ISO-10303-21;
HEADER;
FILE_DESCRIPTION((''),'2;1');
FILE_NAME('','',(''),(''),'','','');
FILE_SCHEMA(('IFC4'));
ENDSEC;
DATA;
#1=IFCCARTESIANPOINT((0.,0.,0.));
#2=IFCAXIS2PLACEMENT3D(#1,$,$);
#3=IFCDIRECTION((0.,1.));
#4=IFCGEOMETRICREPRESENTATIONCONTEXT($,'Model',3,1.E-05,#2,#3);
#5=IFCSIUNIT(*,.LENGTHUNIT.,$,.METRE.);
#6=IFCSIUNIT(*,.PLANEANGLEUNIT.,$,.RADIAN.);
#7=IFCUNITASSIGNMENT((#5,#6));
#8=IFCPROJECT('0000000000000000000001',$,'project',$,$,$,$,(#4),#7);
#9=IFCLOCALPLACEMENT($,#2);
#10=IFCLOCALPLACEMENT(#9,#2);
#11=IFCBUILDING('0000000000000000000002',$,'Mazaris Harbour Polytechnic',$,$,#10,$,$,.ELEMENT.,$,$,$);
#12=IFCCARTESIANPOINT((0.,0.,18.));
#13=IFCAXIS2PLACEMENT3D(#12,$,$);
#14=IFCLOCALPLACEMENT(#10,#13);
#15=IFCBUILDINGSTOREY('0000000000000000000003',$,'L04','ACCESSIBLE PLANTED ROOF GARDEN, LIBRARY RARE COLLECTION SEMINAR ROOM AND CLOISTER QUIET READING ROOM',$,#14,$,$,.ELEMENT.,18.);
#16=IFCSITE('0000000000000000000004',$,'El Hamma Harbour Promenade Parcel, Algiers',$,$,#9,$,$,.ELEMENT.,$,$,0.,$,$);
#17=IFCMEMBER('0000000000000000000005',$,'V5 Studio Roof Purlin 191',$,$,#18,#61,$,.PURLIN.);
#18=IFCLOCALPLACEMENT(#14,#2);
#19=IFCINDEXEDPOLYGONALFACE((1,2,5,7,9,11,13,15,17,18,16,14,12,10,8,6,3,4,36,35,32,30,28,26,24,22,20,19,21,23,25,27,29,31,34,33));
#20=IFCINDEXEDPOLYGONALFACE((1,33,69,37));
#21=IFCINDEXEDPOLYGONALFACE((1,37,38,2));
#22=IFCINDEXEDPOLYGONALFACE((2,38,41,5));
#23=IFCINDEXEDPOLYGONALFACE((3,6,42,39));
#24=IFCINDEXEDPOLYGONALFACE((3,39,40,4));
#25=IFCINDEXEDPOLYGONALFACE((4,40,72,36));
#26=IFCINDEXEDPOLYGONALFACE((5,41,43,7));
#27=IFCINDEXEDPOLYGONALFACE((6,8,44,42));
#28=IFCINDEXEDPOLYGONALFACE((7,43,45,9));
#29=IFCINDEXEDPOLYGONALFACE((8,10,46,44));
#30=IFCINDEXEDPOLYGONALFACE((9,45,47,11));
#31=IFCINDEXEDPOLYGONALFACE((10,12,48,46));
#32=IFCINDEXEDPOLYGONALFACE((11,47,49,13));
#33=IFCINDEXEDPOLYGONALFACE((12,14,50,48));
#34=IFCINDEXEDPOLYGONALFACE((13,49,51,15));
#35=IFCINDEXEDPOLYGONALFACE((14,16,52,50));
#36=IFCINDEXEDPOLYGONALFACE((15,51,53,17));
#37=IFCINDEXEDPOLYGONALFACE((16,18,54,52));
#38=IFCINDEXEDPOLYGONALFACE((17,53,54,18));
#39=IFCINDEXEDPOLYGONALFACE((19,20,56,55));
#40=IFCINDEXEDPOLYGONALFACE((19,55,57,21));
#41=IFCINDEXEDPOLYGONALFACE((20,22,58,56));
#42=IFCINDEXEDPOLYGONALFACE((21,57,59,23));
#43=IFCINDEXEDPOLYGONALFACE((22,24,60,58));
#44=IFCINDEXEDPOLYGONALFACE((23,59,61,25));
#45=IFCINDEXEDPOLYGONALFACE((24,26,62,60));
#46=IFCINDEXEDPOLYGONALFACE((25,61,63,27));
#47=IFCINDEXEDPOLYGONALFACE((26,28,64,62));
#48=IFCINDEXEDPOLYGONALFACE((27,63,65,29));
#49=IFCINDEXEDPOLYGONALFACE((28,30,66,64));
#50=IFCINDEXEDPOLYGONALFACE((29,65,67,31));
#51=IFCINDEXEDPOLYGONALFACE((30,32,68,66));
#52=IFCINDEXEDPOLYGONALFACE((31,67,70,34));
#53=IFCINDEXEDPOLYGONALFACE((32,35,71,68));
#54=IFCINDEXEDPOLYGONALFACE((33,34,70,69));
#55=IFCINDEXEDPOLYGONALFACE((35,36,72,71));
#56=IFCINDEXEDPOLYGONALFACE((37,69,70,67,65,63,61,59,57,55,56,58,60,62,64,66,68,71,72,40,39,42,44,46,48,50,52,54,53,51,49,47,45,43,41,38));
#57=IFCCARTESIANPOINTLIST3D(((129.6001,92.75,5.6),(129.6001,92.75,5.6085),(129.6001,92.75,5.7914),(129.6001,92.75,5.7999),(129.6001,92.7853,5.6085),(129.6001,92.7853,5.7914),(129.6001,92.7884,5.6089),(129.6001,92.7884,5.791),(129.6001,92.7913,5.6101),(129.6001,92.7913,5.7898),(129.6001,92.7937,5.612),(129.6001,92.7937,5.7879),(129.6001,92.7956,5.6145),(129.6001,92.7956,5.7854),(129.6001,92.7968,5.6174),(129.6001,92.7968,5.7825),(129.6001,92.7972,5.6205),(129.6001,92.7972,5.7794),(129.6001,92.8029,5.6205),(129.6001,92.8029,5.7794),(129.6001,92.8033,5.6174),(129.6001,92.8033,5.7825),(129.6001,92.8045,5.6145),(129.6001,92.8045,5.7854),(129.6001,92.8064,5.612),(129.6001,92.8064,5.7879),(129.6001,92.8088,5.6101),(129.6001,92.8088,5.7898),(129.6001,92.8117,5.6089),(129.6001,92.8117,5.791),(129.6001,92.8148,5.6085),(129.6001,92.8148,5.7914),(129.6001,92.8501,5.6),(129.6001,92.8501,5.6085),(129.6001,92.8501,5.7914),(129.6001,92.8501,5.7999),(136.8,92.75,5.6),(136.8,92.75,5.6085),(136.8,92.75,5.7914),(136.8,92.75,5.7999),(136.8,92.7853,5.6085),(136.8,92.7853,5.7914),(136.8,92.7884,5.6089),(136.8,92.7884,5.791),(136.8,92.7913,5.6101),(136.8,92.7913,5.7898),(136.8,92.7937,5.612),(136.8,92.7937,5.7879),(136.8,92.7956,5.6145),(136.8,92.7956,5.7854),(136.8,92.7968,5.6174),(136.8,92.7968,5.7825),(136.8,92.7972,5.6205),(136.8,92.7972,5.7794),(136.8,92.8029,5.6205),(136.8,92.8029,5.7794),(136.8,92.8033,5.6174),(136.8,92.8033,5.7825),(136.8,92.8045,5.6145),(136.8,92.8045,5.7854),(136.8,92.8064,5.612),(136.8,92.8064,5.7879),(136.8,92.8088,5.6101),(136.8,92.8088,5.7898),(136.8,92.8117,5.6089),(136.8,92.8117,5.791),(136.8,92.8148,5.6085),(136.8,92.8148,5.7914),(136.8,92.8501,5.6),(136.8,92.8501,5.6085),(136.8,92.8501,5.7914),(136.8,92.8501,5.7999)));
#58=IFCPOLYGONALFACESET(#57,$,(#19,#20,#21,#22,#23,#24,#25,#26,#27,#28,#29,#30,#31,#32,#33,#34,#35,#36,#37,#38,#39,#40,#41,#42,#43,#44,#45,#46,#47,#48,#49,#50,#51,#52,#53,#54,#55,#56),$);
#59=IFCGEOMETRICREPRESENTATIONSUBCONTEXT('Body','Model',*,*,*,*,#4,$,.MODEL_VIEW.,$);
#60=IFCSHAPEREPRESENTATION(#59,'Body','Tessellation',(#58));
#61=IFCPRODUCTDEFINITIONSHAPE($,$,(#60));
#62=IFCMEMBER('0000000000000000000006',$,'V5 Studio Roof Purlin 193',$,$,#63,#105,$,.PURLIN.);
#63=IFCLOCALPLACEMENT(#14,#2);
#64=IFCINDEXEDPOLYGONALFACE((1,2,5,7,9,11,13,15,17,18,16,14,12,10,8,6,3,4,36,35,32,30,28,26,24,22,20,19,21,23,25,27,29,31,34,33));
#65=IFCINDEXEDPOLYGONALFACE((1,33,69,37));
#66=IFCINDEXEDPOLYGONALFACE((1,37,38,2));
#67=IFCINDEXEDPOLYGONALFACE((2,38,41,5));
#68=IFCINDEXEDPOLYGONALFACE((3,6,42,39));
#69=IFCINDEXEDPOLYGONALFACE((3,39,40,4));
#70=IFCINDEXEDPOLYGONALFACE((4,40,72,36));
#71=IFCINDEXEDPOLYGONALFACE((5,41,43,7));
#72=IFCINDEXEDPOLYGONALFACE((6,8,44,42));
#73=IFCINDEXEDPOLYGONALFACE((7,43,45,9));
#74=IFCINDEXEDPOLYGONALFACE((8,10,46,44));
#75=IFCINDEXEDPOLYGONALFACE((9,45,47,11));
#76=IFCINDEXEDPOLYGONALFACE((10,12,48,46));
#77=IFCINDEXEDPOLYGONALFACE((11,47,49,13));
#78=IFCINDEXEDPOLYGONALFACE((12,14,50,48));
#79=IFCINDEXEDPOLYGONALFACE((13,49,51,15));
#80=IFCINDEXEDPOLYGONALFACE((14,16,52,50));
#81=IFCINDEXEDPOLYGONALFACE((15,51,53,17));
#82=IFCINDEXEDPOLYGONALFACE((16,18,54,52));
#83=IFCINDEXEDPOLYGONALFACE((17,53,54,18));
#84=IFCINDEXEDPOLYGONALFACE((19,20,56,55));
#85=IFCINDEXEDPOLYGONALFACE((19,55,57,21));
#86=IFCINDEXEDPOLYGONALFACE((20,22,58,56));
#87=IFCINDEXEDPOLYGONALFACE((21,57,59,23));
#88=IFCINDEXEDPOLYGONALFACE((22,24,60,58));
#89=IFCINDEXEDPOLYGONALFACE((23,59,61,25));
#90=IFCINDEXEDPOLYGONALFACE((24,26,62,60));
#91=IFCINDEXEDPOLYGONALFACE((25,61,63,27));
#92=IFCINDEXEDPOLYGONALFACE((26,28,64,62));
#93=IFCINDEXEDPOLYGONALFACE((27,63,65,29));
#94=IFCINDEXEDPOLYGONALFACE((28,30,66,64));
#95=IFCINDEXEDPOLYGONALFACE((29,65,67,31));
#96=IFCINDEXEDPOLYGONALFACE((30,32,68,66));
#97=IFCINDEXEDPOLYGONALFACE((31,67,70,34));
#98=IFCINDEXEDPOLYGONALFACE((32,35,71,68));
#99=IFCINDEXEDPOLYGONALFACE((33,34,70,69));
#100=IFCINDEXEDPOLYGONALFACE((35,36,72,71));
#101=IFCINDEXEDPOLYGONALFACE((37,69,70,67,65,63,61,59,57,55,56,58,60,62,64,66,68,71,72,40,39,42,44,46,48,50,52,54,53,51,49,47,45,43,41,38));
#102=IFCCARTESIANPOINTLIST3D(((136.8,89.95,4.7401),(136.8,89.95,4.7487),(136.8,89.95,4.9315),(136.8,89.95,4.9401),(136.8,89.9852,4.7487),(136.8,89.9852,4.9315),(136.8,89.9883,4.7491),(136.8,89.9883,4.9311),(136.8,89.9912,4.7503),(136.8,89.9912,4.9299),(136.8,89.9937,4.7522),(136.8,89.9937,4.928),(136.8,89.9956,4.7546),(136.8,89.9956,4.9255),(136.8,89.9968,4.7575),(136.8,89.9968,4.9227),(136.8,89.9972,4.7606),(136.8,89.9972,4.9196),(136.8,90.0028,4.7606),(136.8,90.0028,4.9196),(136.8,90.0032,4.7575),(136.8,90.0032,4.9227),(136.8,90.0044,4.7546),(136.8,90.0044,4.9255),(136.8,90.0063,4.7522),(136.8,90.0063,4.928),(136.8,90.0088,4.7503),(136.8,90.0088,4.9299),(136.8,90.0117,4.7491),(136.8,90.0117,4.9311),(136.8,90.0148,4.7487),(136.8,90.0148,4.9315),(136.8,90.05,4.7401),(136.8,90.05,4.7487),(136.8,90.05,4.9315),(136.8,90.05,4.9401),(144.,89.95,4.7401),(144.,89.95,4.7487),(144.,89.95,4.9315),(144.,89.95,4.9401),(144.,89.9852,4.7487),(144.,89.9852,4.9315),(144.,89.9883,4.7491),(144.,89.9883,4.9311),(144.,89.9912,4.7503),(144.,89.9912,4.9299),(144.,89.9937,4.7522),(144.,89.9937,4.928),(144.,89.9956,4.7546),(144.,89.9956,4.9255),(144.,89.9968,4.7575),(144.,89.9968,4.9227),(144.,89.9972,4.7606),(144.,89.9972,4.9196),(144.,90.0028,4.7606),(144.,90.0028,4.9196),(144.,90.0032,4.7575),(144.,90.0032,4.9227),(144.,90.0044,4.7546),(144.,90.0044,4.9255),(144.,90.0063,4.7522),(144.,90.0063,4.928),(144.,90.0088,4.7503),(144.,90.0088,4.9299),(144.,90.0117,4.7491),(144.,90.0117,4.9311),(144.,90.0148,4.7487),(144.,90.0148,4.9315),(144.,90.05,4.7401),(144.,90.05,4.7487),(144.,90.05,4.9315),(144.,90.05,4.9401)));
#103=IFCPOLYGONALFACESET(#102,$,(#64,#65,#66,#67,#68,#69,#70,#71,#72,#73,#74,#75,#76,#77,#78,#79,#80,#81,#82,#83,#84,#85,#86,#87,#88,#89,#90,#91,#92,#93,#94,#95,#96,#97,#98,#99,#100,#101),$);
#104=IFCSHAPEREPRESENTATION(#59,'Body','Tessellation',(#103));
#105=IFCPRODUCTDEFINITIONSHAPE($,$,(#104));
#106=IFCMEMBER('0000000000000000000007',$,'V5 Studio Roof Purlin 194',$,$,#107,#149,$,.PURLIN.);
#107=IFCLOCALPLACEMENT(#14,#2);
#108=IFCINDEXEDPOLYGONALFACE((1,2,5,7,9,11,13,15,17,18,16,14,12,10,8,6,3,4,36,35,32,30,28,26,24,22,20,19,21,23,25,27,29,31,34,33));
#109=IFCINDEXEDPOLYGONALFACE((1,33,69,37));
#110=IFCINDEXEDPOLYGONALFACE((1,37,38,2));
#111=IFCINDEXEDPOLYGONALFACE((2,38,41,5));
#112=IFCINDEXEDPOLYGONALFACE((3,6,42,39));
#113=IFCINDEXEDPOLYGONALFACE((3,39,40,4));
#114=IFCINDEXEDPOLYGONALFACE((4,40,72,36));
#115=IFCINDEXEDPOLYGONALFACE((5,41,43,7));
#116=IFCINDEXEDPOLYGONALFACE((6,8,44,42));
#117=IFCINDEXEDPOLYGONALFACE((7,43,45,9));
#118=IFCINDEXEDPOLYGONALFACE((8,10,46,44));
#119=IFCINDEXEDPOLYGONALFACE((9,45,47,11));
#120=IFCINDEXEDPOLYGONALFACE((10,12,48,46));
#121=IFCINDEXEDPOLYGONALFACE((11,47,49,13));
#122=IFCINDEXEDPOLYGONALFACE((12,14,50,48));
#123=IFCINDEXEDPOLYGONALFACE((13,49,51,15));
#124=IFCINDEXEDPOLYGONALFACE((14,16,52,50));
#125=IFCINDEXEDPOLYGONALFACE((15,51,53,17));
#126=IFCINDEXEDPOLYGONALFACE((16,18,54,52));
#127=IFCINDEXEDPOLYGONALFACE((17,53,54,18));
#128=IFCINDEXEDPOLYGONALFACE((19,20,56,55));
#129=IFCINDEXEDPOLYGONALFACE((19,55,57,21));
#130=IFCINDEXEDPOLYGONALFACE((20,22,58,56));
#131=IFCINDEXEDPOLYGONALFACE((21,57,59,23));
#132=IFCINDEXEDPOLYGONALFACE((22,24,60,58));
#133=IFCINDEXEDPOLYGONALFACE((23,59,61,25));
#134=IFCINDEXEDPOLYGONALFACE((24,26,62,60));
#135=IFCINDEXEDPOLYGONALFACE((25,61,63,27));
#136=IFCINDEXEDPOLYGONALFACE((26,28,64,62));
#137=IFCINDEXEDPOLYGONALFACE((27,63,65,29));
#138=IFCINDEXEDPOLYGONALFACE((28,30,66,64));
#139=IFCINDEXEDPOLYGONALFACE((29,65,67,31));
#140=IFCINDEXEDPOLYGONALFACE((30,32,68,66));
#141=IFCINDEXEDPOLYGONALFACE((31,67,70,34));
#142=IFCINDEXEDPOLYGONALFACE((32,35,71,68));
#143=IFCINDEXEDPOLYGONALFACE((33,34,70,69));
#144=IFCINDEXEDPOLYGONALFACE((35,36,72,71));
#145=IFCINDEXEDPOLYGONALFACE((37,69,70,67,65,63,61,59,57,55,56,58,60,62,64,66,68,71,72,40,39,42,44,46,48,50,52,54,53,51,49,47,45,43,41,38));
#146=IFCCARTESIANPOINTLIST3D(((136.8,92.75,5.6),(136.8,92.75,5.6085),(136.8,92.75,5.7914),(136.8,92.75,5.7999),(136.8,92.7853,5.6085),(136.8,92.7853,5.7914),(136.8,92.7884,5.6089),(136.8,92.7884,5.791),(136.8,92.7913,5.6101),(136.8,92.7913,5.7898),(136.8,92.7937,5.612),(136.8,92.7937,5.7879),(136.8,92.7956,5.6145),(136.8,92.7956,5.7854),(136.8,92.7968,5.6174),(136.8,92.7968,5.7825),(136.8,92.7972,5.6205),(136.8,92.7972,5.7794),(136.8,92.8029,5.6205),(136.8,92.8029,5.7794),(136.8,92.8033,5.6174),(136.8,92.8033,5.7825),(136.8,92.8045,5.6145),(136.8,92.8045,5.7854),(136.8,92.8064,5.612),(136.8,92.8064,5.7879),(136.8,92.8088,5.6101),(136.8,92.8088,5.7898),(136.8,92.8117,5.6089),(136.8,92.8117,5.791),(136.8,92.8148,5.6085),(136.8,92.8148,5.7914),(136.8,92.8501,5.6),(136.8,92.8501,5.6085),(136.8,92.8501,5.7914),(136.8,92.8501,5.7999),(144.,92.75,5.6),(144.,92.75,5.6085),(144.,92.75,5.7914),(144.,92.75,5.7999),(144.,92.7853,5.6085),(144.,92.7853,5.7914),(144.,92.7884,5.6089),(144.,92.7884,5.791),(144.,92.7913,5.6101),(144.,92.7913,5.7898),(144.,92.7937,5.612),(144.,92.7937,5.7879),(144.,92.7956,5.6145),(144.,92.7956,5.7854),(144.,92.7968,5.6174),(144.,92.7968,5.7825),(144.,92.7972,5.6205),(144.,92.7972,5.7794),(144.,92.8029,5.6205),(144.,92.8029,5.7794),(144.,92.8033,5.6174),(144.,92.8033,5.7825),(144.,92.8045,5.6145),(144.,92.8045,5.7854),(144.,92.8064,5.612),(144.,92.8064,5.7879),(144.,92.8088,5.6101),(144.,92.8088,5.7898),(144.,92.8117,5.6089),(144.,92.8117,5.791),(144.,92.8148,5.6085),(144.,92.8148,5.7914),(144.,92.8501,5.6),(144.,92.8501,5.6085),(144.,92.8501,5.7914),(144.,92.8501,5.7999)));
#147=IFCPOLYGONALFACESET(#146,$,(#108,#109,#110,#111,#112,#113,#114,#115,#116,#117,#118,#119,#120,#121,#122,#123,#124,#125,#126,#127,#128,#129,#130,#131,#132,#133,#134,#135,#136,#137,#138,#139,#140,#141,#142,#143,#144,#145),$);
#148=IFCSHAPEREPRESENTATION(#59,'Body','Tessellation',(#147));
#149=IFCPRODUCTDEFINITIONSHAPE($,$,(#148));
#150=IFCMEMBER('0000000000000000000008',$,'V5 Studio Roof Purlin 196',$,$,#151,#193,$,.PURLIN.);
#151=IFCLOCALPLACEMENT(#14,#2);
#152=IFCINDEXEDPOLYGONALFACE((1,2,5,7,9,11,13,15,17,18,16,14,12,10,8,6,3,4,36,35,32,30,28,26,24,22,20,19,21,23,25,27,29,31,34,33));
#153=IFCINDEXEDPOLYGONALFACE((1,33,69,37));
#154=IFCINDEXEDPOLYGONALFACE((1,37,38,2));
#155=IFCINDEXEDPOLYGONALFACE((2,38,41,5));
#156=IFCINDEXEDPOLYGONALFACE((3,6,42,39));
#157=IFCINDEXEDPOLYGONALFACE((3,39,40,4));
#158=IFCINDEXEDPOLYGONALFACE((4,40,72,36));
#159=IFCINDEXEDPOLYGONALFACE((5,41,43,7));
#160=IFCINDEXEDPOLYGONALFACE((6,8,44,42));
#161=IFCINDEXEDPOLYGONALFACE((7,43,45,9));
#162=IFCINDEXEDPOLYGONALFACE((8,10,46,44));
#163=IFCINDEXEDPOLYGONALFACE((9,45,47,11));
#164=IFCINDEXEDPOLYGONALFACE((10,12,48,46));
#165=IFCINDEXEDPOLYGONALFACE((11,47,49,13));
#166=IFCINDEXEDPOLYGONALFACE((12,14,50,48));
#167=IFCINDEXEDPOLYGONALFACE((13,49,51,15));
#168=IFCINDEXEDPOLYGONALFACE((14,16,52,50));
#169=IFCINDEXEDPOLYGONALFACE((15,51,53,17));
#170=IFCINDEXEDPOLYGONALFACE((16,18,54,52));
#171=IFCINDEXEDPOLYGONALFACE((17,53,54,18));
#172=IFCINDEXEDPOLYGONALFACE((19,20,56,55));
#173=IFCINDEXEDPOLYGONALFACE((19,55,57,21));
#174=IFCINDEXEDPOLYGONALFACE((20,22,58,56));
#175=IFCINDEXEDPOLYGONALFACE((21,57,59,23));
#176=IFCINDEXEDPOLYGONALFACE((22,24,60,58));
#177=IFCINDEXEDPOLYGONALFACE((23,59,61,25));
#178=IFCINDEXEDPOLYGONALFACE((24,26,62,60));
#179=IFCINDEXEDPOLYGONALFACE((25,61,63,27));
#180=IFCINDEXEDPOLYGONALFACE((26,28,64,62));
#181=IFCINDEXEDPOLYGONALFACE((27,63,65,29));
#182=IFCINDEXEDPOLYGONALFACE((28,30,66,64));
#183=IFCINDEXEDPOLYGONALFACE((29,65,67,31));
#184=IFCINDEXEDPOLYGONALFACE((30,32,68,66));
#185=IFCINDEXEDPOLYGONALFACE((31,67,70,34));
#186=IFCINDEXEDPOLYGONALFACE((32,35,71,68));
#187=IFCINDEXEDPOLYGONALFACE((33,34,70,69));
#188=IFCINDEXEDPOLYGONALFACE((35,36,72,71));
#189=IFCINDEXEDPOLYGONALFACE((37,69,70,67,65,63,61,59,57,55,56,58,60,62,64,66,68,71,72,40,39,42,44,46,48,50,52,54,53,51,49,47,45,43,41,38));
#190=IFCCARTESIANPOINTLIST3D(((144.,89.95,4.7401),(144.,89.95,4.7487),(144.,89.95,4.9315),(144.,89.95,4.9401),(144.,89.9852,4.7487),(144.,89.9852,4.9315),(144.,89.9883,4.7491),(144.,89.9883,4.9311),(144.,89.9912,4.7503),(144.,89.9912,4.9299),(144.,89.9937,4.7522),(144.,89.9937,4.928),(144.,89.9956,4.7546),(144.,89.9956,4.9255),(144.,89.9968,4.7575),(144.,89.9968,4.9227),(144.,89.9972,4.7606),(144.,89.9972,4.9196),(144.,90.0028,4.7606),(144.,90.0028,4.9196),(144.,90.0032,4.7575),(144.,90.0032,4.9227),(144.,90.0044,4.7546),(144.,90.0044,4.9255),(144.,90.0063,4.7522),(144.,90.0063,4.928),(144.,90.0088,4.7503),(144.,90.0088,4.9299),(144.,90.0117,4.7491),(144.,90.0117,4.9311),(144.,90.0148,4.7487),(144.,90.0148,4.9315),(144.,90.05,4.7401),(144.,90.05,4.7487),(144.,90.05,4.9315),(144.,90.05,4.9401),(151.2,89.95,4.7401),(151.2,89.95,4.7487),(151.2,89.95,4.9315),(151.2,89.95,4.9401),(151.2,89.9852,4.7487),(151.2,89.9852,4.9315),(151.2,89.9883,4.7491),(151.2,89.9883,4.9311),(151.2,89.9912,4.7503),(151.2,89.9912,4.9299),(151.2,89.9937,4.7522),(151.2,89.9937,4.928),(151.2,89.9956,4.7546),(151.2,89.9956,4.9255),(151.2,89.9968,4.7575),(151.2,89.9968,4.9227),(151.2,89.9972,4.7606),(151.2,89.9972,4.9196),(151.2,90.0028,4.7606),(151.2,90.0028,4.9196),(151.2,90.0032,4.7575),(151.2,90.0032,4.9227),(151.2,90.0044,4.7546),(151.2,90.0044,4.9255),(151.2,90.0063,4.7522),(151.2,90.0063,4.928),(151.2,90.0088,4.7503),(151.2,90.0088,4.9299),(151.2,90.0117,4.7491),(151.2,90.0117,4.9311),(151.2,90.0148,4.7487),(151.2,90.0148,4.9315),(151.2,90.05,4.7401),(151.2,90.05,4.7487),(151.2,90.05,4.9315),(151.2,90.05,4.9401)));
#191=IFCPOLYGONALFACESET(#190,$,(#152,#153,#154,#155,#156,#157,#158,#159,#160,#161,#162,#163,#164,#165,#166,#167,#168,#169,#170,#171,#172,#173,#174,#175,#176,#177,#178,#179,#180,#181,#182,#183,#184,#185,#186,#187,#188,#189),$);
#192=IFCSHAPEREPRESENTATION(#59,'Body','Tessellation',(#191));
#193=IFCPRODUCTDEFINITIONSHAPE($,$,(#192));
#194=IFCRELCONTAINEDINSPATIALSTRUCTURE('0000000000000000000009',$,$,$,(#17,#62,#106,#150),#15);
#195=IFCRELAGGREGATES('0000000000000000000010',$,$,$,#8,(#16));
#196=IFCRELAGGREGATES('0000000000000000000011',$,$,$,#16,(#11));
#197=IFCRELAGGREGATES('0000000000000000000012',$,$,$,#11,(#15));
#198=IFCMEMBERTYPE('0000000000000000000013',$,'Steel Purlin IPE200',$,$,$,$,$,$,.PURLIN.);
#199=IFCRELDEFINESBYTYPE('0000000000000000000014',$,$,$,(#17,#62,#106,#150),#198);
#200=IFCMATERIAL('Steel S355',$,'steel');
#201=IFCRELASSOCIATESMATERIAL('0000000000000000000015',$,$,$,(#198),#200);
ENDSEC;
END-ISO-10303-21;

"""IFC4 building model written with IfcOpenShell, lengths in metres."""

from ifc_helpers import new_model, si_unit, direction, frame, origin, origin_2d, place, context, subcontext, project, spatial, i_section, extrude, material, material_profile, profile_set, type_object, element, save


model = new_model("IFC4")

# Units and contexts
model_context = context("Model", 3, precision=1e-05, world=origin(), true_north=direction((0.0, 1.0)))
body_context = subcontext(model_context, "Body", "Model", "MODEL_VIEW")
ifc_project = project(units=[si_unit("LENGTHUNIT", "METRE"), si_unit("PLANEANGLEUNIT", "RADIAN")], contexts=[model_context])

# Site, building, storey
site_placement = place(None, origin())
site = spatial("IfcSite", under=ifc_project, at=site_placement, Name="El Hamma Harbour Promenade Parcel, Algiers", CompositionType="ELEMENT", RefElevation=0.0)
building_placement = place(site_placement, origin())
building = spatial("IfcBuilding", under=site, at=building_placement, Name="Mazaris Harbour Polytechnic", CompositionType="ELEMENT")
storey_placement = place(building_placement, frame((0.0, 0.0, 18.0)))
storey = spatial("IfcBuildingStorey", under=building, at=storey_placement, Name="L04", Description="ACCESSIBLE PLANTED ROOF GARDEN, LIBRARY RARE COLLECTION SEMINAR ROOM AND CLOISTER QUIET READING ROOM", CompositionType="ELEMENT", Elevation=18.0)

# Members
ifc_material_1 = material(Name="Steel S355", Category="steel")
ifc_material_profile_1 = material_profile(ifc_material_1, i_section(OverallWidth=0.1001, OverallDepth=0.2, WebThickness=0.0056, FlangeThickness=0.0085, FilletRadius=0.012, at=origin_2d()), Name="IPE 200")
ifc_profile_set_1 = profile_set([ifc_material_profile_1], Name="Steel S355")
member_type_1 = type_object("IfcMemberType", Name="Steel Purlin IPE200", PredefinedType="PURLIN", material=ifc_profile_set_1)
for number, where, z_axis, x_axis, name in (
    (1, (129.6001, 92.8, 5.7), (1.0, 0.0, 0.0), (0.0, 1.0, 0.0), "V5 Studio Roof Purlin 191"),
    (2, (136.8, 90.0, 4.8401), (1.0, 0.0, 0.0), (0.0, 1.0, 0.0), "V5 Studio Roof Purlin 193"),
    (3, (136.8, 92.8, 5.7), (1.0, 0.0, 0.0), (0.0, 1.0, 0.0), "V5 Studio Roof Purlin 194"),
    (4, (144.0, 90.0, 4.8401), (1.0, 0.0, 0.0), (0.0, 1.0, 0.0), "V5 Studio Roof Purlin 196"),
):
    element("IfcMember", number, at=place(storey_placement, frame(where, z_axis=z_axis, x_axis=x_axis)), inside=storey, type_object=member_type_1, Name=name, PredefinedType="PURLIN", context=body_context, shape_type="SweptSolid", body=[
        extrude(i_section(OverallWidth=0.1001, OverallDepth=0.2, WebThickness=0.0056, FlangeThickness=0.0085, FilletRadius=0.012, at=origin_2d()), origin(), (0.0, 0.0, 1.0), 7.2),
    ])

save(model, "model.ifc")
